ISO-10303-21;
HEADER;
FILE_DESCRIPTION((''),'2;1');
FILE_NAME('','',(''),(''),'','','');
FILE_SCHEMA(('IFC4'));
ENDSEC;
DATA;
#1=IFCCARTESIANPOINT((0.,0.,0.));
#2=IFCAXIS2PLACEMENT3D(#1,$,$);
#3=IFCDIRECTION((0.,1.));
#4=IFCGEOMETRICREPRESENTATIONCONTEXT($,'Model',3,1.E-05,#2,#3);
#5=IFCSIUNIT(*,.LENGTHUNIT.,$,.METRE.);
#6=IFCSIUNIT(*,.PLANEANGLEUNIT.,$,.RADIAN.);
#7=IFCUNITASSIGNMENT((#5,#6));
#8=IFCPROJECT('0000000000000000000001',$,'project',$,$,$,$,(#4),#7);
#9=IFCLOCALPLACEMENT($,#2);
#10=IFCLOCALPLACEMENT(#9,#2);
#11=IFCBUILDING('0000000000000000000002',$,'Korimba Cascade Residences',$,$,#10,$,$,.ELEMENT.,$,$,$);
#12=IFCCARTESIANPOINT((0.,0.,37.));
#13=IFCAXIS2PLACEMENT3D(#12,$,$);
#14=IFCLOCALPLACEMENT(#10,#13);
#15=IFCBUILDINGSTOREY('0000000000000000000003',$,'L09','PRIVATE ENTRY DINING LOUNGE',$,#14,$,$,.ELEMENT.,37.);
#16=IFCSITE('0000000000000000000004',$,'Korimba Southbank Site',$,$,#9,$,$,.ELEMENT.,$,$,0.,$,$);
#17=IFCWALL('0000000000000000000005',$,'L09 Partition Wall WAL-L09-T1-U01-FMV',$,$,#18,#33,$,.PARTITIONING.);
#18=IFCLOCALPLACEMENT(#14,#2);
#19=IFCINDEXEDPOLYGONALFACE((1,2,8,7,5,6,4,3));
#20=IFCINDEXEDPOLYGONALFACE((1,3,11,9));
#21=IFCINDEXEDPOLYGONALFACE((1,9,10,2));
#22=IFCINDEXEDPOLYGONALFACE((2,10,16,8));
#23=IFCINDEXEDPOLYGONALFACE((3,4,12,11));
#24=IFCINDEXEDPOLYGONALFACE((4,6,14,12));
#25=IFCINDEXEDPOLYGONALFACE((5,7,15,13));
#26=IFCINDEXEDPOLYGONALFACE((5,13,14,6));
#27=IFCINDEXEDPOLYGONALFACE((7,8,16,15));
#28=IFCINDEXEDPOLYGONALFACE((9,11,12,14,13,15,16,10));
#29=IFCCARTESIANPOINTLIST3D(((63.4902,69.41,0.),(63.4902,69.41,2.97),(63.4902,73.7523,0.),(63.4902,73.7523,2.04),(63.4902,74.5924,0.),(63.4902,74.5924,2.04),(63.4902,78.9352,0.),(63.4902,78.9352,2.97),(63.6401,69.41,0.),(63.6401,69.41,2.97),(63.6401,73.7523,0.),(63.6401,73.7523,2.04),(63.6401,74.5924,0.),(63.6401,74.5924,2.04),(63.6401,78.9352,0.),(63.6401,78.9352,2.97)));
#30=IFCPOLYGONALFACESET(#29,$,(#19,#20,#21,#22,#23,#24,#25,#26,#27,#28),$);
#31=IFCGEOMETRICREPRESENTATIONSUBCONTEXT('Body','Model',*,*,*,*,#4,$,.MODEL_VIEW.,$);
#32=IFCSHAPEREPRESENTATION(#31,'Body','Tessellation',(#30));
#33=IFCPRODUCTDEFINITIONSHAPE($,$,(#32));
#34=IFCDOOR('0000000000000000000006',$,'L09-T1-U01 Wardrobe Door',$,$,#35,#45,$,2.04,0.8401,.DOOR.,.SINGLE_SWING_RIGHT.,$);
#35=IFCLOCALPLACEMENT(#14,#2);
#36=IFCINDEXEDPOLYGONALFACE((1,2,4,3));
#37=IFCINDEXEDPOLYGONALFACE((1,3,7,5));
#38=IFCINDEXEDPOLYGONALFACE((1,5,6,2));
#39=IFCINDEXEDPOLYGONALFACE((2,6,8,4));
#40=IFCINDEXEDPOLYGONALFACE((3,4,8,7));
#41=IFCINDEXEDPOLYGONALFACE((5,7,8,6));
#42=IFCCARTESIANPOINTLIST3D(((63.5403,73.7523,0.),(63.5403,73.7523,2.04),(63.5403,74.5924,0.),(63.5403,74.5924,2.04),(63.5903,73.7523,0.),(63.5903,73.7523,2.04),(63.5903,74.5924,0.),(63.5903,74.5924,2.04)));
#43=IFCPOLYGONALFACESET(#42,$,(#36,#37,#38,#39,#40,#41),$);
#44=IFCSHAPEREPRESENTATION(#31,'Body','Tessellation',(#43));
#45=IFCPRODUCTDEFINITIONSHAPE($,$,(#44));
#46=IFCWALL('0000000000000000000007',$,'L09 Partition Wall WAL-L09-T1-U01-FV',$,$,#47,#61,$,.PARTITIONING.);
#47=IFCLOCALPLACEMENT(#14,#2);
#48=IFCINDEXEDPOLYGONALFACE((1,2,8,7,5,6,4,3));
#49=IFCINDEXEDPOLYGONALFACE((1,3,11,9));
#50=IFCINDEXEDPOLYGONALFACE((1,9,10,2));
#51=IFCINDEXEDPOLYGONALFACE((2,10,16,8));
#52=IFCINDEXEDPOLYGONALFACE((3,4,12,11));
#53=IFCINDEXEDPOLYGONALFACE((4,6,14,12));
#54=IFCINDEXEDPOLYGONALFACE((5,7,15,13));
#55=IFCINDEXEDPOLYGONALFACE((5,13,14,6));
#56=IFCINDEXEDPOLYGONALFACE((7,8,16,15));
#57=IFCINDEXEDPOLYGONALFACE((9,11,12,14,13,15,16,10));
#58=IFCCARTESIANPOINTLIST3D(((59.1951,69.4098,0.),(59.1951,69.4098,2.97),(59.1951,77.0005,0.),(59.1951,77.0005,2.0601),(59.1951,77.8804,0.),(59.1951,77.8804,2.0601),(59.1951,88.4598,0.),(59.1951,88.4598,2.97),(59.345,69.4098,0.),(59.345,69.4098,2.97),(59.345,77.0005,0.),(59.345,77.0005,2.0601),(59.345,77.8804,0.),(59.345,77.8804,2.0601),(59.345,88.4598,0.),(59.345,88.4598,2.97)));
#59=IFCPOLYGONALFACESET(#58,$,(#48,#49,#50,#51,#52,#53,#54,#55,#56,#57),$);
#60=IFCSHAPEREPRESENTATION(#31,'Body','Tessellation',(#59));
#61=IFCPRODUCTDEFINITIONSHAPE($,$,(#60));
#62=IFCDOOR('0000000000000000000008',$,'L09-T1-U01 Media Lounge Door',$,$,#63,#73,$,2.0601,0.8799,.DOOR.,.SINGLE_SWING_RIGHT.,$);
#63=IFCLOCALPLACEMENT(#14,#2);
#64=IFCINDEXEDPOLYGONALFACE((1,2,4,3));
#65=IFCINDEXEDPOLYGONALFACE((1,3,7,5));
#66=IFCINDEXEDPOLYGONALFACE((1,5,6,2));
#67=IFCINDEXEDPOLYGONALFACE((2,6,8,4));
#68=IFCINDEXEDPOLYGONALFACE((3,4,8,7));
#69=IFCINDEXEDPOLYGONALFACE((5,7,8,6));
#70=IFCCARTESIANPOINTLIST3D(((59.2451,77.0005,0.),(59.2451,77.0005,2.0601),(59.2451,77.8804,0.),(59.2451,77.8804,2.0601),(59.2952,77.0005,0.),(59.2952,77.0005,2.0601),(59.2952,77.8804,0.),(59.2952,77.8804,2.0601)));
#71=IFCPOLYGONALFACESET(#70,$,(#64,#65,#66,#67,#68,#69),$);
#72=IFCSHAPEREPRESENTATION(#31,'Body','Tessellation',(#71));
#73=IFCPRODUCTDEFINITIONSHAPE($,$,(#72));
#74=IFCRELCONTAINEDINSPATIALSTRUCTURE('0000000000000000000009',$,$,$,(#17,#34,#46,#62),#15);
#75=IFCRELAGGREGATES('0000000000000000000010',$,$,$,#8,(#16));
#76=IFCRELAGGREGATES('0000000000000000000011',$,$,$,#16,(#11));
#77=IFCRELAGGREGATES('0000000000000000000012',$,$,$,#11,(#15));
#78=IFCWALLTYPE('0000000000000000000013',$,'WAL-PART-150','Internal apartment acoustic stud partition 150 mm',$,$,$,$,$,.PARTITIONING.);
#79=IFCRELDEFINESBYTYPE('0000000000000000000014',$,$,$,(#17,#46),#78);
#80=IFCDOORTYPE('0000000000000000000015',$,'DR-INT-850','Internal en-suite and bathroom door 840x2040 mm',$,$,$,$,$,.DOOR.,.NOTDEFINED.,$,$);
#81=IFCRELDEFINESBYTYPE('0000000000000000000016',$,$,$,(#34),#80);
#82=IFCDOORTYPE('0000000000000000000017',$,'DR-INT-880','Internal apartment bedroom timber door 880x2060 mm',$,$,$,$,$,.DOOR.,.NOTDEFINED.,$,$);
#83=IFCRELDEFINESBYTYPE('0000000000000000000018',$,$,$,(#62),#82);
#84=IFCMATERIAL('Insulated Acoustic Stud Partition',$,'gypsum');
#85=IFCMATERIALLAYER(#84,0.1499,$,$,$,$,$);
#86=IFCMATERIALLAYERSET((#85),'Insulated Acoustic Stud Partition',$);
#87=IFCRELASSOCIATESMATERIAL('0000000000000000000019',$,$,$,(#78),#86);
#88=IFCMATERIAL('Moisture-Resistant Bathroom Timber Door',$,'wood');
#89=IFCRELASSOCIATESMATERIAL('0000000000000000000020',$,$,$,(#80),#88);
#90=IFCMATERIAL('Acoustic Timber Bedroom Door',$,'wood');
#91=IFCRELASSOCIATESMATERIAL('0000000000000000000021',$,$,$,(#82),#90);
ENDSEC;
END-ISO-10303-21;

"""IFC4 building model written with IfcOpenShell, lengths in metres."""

from ifc_helpers import new_model, si_unit, direction, frame, frame_2d, origin, place, context, subcontext, project, spatial, rectangle, extrude, material, layer, layer_set, type_object, element, fill, save


model = new_model("IFC4")

# Units and contexts
model_context = context("Model", 3, precision=1e-05, world=origin(), true_north=direction((0.0, 1.0)))
body_context = subcontext(model_context, "Body", "Model", "MODEL_VIEW")
ifc_project = project(units=[si_unit("LENGTHUNIT", "METRE"), si_unit("PLANEANGLEUNIT", "RADIAN")], contexts=[model_context])

# Site, building, storey
site_placement = place(None, origin())
site = spatial("IfcSite", under=ifc_project, at=site_placement, Name="Korimba Southbank Site", CompositionType="ELEMENT", RefElevation=0.0)
building_placement = place(site_placement, origin())
building = spatial("IfcBuilding", under=site, at=building_placement, Name="Korimba Cascade Residences", CompositionType="ELEMENT")
storey_placement = place(building_placement, frame((0.0, 0.0, 37.0)))
storey = spatial("IfcBuildingStorey", under=building, at=storey_placement, Name="L09", Description="PRIVATE ENTRY DINING LOUNGE", CompositionType="ELEMENT", Elevation=37.0)

# Walls, openings, doors
ifc_material_1 = material(Name="Insulated Acoustic Stud Partition", Category="gypsum")
ifc_layer_1 = layer(ifc_material_1, 0.1499)
ifc_layer_set_1 = layer_set([ifc_layer_1], Name="Insulated Acoustic Stud Partition")
wall_type_1 = type_object("IfcWallType", Name="WAL-PART-150", Description="Internal apartment acoustic stud partition 150 mm", PredefinedType="PARTITIONING", material=ifc_layer_set_1)
ifc_material_2 = material(Name="Moisture-Resistant Bathroom Timber Door", Category="wood")
door_type_1 = type_object("IfcDoorType", Name="DR-INT-850", Description="Internal en-suite and bathroom door 840x2040 mm", OperationType="NOTDEFINED", PredefinedType="DOOR", material=ifc_material_2)
wall_1_placement = place(storey_placement, frame((63.5652, 69.4099, 0.0), z_axis=(0.0, 0.0, 1.0), x_axis=(0.0, 1.0, 0.0)))
wall_1 = element("IfcWall", 1, at=wall_1_placement, inside=storey, type_object=wall_type_1, Name="L09 Partition Wall WAL-L09-T1-U01-FMV", PredefinedType="PARTITIONING", context=body_context, shape_type="SweptSolid", body=[
    extrude(rectangle(XDim=9.5251, YDim=0.1499, at=frame_2d((4.7627, 0.0))), origin(), (0.0, 0.0, 1.0), 2.97),
])
opening_1_placement = place(wall_1_placement, frame((4.3425, 0.0, 0.0)))
opening_1 = element("IfcOpeningElement", 2, at=opening_1_placement, cuts=wall_1, PredefinedType="OPENING", context=body_context, shape_type="SweptSolid", body=[
    extrude(rectangle(XDim=0.8401, YDim=2.04, at=frame_2d((0.4199, 1.02))), frame((0.0, 0.085, 0.0), z_axis=(0.0, -1.0, 0.0), x_axis=(1.0, 0.0, 0.0)), (0.0, 0.0, 1.0), 0.1699),
])
door_1_placement = place(opening_1_placement, origin())
door_1 = element("IfcDoor", 3, at=door_1_placement, inside=storey, type_object=door_type_1, Name="L09-T1-U01 Wardrobe Door", OperationType="SINGLE_SWING_RIGHT", OverallHeight=2.04, OverallWidth=0.8401, PredefinedType="DOOR", context=body_context, shape_type="SweptSolid", body=[
    extrude(rectangle(XDim=0.8401, YDim=2.04, at=frame_2d((0.4199, 1.02))), frame((0.0, 0.0249, 0.0), z_axis=(0.0, -1.0, 0.0), x_axis=(1.0, 0.0, 0.0)), (0.0, 0.0, 1.0), 0.05),
])
fill(opening_1, door_1)
wall_2_placement = place(storey_placement, frame((59.27, 69.4099, 0.0), z_axis=(0.0, 0.0, 1.0), x_axis=(0.0, 1.0, 0.0)))
wall_2 = element("IfcWall", 4, at=wall_2_placement, inside=storey, type_object=wall_type_1, Name="L09 Partition Wall WAL-L09-T1-U01-FV", PredefinedType="PARTITIONING", context=body_context, shape_type="SweptSolid", body=[
    extrude(rectangle(XDim=19.05, YDim=0.1499, at=frame_2d((9.5249, 0.0))), origin(), (0.0, 0.0, 1.0), 2.97),
])
opening_2_placement = place(wall_2_placement, frame((7.5906, 0.0, 0.0)))
opening_2 = element("IfcOpeningElement", 5, at=opening_2_placement, cuts=wall_2, PredefinedType="OPENING", context=body_context, shape_type="SweptSolid", body=[
    extrude(rectangle(XDim=0.8799, YDim=2.0601, at=frame_2d((0.4399, 1.03))), frame((0.0, 0.085, 0.0), z_axis=(0.0, -1.0, 0.0), x_axis=(1.0, 0.0, 0.0)), (0.0, 0.0, 1.0), 0.1699),
])
ifc_material_3 = material(Name="Acoustic Timber Bedroom Door", Category="wood")
door_type_2 = type_object("IfcDoorType", Name="DR-INT-880", Description="Internal apartment bedroom timber door 880x2060 mm", OperationType="NOTDEFINED", PredefinedType="DOOR", material=ifc_material_3)
door_2_placement = place(opening_2_placement, origin())
door_2 = element("IfcDoor", 6, at=door_2_placement, inside=storey, type_object=door_type_2, Name="L09-T1-U01 Media Lounge Door", OperationType="SINGLE_SWING_RIGHT", OverallHeight=2.0601, OverallWidth=0.8799, PredefinedType="DOOR", context=body_context, shape_type="SweptSolid", body=[
    extrude(rectangle(XDim=0.8799, YDim=2.0601, at=frame_2d((0.4399, 1.03))), frame((0.0, 0.0249, 0.0), z_axis=(0.0, -1.0, 0.0), x_axis=(1.0, 0.0, 0.0)), (0.0, 0.0, 1.0), 0.05),
])
fill(opening_2, door_2)

save(model, "model.ifc")
